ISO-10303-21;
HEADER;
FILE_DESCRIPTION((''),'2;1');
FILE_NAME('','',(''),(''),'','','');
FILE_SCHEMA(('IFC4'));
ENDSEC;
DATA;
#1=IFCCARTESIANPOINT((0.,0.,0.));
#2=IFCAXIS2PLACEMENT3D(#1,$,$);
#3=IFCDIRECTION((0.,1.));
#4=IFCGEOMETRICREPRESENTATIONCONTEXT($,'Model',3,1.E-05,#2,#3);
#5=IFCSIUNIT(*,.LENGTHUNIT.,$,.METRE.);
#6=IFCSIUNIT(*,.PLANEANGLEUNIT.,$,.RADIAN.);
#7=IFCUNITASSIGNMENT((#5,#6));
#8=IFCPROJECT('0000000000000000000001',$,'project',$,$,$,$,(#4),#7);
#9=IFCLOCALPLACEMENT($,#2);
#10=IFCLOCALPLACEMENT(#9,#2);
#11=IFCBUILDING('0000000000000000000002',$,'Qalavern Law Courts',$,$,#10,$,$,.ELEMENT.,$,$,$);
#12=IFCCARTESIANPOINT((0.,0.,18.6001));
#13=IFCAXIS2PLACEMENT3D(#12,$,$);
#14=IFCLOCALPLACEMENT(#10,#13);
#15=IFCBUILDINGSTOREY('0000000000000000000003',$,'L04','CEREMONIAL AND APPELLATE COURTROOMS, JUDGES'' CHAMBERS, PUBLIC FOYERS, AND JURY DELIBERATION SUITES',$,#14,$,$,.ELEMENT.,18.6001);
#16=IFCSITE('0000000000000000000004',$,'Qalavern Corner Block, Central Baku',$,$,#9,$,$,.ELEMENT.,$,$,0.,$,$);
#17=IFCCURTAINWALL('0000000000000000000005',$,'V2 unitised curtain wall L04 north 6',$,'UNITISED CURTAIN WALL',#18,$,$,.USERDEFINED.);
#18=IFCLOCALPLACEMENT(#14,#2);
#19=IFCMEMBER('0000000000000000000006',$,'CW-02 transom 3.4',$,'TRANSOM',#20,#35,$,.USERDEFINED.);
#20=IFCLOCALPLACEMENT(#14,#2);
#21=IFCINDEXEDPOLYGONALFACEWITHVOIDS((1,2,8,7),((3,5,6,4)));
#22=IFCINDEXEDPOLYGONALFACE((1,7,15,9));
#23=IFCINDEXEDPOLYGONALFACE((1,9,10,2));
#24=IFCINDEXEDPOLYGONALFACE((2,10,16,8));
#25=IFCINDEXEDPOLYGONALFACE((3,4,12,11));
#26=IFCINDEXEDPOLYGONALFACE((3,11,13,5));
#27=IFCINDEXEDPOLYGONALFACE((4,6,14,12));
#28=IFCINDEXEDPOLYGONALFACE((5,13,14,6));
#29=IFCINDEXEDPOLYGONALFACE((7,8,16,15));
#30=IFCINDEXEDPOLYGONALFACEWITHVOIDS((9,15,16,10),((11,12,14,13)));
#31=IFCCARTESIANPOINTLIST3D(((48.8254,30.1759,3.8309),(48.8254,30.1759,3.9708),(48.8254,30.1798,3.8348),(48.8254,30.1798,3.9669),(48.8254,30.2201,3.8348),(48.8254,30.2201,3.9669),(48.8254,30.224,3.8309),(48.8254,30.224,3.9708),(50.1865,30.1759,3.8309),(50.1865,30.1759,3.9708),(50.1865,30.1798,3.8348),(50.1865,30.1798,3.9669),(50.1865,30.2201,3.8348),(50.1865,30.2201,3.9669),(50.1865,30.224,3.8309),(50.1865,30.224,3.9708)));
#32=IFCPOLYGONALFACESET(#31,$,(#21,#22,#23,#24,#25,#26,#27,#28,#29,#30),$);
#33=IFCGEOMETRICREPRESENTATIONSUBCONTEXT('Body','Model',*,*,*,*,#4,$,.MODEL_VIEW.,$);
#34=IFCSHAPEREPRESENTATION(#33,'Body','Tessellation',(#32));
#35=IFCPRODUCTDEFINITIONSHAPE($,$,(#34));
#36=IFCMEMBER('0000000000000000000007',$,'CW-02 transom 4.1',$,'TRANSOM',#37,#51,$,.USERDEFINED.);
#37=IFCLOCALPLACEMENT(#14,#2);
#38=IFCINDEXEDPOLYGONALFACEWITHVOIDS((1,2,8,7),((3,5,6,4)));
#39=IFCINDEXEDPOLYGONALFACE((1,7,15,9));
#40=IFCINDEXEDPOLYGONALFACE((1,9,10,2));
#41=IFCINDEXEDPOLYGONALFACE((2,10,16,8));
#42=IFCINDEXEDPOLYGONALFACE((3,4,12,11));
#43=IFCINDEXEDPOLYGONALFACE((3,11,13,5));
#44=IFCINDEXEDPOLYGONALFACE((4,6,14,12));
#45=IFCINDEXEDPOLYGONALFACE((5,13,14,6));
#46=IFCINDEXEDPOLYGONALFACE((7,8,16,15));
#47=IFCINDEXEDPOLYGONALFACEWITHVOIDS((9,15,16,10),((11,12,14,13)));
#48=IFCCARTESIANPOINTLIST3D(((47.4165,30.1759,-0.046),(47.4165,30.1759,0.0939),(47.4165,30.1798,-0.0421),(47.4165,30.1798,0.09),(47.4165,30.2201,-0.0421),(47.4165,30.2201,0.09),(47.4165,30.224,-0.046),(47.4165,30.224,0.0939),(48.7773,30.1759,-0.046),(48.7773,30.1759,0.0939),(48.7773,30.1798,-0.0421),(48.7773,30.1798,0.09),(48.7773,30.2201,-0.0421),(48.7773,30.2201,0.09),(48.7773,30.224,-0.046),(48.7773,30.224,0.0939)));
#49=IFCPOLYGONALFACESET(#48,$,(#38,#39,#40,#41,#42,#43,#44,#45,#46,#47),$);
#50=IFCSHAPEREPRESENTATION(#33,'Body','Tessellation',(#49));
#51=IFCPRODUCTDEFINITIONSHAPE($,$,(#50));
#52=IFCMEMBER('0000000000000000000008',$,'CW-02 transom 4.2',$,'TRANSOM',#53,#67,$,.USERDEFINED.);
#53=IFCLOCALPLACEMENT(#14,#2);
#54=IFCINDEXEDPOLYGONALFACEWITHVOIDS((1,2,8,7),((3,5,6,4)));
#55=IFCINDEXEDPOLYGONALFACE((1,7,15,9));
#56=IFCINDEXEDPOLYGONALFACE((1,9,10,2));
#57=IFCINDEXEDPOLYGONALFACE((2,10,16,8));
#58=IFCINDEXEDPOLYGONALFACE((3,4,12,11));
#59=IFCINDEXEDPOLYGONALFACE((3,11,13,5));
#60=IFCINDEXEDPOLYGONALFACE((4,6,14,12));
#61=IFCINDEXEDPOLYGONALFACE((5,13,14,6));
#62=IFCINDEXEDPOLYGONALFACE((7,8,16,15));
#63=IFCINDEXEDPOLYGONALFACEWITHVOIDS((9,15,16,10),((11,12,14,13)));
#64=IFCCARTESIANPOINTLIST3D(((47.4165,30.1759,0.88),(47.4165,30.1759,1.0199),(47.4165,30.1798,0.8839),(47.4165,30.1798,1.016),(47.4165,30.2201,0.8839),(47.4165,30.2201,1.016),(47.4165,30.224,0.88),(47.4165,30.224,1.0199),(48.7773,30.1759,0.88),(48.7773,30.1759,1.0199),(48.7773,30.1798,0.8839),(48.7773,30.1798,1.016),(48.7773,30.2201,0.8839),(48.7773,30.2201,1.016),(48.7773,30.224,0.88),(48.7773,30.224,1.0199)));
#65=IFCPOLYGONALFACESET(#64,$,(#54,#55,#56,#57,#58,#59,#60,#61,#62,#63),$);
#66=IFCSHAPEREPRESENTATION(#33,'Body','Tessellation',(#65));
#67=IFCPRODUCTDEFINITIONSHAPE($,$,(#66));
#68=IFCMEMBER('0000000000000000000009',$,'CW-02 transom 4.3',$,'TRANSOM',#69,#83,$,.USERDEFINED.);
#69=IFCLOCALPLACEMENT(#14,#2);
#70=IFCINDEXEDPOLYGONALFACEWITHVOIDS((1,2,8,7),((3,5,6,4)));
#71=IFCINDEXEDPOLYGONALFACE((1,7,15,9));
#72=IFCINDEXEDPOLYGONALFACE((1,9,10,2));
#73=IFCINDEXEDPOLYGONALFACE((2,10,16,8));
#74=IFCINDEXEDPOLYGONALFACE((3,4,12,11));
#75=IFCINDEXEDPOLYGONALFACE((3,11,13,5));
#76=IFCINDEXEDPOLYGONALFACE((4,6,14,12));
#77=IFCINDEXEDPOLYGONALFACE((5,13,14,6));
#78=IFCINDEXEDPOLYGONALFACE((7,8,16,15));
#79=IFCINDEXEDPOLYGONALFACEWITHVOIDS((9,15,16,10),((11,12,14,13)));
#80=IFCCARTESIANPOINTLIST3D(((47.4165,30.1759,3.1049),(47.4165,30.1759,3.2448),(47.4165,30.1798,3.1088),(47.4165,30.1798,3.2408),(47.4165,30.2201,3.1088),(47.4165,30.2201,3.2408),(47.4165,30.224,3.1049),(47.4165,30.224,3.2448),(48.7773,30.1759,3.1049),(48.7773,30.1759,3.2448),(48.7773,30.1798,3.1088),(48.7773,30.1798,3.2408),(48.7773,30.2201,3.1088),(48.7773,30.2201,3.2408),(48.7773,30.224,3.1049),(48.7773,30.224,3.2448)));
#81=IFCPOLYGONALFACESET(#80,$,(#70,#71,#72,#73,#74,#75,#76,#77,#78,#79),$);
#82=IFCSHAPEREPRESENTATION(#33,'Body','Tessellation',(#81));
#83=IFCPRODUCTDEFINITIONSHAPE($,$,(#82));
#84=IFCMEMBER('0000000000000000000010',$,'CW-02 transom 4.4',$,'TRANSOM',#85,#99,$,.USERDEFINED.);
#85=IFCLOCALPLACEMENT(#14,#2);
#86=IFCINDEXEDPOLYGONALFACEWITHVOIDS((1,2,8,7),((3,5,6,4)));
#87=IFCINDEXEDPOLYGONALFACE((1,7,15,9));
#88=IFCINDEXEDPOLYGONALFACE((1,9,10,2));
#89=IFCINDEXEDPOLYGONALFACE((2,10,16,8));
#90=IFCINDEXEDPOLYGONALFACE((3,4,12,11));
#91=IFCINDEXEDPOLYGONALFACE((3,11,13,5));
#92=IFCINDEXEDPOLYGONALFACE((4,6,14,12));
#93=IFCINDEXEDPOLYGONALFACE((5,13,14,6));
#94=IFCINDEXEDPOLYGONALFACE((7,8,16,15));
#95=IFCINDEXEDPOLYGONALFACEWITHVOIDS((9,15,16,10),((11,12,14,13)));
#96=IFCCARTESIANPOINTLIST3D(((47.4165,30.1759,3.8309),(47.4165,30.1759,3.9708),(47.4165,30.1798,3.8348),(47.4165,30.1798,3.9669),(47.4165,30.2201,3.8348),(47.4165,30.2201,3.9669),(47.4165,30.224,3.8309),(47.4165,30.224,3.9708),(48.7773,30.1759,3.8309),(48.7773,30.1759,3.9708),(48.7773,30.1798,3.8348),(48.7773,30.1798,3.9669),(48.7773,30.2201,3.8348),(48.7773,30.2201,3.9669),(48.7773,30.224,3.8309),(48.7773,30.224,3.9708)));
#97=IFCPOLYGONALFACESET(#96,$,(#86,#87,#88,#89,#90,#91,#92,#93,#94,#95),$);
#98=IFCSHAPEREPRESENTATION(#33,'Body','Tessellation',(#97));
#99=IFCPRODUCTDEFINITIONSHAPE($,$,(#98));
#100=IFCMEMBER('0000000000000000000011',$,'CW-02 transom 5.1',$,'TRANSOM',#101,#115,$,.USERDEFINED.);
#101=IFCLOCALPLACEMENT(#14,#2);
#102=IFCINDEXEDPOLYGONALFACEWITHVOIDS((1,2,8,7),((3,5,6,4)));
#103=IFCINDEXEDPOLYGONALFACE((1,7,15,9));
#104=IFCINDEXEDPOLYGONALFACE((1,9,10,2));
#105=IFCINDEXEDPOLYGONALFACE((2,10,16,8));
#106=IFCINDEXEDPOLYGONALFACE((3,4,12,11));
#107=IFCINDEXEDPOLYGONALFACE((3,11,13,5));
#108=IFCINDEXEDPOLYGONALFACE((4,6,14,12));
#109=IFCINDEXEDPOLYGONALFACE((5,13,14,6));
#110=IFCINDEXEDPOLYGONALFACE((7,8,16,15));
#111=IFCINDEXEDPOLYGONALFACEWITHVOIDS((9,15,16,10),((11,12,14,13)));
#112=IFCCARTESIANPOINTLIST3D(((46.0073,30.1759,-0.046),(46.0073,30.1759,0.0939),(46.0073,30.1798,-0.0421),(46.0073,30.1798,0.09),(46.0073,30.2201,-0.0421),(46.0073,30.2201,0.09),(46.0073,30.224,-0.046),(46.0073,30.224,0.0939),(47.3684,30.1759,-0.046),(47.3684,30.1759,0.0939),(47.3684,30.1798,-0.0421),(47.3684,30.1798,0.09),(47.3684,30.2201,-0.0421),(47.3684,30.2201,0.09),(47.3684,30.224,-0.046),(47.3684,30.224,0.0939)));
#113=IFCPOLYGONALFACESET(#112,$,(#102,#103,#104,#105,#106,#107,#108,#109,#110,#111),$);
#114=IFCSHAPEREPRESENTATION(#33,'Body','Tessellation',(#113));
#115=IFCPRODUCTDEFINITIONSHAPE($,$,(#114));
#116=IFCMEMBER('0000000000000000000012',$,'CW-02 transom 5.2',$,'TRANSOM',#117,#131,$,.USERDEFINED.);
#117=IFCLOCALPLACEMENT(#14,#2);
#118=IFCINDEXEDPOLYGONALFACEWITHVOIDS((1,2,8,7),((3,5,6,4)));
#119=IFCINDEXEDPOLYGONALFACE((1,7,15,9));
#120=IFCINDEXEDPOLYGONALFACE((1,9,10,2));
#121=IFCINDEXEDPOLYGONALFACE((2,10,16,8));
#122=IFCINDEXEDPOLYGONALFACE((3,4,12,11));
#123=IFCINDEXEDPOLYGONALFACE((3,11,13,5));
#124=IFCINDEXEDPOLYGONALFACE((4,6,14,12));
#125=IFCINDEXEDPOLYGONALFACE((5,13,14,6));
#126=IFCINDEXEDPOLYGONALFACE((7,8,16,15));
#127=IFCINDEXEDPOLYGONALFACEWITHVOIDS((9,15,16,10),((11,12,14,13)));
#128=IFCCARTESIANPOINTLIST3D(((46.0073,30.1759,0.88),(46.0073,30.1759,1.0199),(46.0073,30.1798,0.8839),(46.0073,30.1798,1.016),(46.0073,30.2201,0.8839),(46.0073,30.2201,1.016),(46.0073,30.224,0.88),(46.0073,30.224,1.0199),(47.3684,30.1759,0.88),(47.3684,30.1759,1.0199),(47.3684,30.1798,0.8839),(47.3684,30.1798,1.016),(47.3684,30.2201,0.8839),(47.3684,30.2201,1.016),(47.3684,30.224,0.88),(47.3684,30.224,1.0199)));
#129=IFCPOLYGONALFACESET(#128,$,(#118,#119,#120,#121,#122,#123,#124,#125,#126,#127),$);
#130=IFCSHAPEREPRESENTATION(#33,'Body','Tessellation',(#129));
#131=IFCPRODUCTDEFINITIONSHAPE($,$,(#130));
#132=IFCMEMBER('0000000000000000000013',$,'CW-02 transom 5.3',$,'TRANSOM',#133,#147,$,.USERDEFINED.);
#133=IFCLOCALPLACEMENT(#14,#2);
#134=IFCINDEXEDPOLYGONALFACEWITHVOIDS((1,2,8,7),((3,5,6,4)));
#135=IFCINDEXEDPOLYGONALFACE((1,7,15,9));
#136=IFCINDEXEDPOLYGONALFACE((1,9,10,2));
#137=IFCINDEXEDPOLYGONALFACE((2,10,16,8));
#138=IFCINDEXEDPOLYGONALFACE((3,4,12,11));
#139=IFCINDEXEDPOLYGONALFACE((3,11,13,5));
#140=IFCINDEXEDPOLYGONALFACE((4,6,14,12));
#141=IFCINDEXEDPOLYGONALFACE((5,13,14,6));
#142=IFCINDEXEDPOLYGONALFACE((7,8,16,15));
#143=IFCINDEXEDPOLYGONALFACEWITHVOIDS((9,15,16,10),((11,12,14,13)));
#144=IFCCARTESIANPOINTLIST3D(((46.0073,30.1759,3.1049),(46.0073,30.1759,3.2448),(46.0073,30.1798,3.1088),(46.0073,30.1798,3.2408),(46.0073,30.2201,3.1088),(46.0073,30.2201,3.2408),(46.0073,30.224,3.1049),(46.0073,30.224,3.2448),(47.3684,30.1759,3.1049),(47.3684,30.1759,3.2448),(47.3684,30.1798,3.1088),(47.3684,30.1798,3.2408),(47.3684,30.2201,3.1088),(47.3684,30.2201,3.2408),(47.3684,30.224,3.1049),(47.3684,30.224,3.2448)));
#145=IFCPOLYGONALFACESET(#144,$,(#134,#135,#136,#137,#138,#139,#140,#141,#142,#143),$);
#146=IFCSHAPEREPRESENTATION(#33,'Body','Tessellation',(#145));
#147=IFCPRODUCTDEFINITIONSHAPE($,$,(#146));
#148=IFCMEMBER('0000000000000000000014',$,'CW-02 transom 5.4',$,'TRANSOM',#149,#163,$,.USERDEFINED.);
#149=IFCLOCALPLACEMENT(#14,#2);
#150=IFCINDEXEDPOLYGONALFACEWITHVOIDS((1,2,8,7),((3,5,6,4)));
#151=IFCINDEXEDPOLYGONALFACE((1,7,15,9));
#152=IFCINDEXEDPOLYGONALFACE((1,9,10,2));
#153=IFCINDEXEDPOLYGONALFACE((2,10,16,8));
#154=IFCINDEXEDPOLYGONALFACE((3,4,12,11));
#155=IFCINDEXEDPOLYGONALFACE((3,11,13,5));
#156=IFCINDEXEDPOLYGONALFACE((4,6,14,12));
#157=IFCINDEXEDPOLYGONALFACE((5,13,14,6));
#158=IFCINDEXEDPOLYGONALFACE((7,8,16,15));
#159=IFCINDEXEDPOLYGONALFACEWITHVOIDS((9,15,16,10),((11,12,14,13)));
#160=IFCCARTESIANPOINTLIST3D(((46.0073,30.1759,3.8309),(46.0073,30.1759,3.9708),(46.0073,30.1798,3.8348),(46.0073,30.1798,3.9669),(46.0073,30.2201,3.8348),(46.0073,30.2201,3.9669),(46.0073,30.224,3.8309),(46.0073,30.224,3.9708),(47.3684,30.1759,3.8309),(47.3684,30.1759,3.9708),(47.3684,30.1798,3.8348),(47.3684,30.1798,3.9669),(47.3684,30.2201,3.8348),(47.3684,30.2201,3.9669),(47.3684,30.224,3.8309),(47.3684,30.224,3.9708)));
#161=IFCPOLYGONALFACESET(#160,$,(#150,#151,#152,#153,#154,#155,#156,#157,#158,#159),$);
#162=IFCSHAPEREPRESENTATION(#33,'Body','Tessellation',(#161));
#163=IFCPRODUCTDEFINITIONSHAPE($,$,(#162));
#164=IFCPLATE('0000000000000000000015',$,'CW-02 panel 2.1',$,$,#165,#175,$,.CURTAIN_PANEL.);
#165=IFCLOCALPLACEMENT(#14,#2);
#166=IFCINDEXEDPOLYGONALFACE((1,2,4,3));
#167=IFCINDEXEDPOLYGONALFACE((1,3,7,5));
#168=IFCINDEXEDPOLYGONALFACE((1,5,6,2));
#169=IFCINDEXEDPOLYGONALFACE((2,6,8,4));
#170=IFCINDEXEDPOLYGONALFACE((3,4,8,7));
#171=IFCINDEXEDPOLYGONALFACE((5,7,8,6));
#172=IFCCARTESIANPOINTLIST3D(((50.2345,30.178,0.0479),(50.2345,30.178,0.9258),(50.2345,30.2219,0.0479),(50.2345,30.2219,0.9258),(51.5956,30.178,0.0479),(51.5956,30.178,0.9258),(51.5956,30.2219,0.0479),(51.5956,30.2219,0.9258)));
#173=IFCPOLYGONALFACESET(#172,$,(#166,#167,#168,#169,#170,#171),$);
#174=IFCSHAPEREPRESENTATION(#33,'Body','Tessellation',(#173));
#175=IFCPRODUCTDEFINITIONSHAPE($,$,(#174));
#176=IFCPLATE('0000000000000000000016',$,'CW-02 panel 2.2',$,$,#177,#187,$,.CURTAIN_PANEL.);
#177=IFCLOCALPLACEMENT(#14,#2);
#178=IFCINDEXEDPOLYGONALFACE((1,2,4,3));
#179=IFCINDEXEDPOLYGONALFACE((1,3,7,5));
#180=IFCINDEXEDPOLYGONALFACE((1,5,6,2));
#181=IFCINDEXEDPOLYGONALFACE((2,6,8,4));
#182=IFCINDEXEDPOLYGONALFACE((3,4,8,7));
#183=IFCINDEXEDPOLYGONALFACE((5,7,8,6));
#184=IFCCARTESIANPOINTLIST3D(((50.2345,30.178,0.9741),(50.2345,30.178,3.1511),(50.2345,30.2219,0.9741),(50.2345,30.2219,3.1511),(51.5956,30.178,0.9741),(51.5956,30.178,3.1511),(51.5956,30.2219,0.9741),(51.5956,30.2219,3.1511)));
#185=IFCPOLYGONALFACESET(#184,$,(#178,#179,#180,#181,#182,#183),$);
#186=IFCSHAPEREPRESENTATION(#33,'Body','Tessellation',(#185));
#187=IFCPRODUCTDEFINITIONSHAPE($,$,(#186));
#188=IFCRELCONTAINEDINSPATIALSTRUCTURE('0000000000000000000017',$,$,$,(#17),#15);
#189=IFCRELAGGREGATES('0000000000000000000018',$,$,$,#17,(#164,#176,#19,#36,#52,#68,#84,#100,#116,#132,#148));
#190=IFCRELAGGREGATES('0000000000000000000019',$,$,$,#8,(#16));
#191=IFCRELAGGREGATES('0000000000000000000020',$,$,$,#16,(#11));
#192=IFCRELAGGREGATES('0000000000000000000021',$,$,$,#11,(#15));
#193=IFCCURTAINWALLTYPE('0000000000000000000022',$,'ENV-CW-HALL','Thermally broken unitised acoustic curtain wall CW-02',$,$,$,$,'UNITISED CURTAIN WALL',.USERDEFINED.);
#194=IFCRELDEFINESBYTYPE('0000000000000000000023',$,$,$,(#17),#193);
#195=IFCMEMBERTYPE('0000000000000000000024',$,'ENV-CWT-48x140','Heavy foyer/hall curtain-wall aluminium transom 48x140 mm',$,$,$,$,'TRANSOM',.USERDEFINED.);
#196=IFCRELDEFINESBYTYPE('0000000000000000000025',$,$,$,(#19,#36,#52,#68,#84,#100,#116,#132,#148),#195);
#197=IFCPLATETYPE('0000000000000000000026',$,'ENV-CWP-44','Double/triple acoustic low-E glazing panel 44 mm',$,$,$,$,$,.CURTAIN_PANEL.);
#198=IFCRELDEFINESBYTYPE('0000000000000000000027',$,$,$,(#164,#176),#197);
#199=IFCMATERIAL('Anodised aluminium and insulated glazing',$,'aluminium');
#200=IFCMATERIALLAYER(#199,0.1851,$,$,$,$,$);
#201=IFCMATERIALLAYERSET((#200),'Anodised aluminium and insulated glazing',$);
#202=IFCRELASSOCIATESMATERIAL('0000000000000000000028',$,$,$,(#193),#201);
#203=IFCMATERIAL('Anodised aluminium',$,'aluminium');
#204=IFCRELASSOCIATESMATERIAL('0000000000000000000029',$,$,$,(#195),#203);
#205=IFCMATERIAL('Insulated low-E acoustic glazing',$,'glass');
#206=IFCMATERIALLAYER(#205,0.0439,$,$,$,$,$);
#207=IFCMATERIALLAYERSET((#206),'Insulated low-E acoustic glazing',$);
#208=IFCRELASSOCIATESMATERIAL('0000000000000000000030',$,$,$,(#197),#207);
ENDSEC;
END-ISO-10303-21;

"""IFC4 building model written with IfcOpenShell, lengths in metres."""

from ifc_helpers import new_model, si_unit, direction, frame, origin, origin_2d, place, context, subcontext, project, spatial, rectangle, hollow_rectangle, extrude, material, layer, layer_set, material_profile, profile_set, type_object, element, aggregate, save


model = new_model("IFC4")

# Units and contexts
model_context = context("Model", 3, precision=1e-05, world=origin(), true_north=direction((0.0, 1.0)))
body_context = subcontext(model_context, "Body", "Model", "MODEL_VIEW")
ifc_project = project(units=[si_unit("LENGTHUNIT", "METRE"), si_unit("PLANEANGLEUNIT", "RADIAN")], contexts=[model_context])

# Site, building, storey
site_placement = place(None, origin())
site = spatial("IfcSite", under=ifc_project, at=site_placement, Name="Qalavern Corner Block, Central Baku", CompositionType="ELEMENT", RefElevation=0.0)
building_placement = place(site_placement, origin())
building = spatial("IfcBuilding", under=site, at=building_placement, Name="Qalavern Law Courts", CompositionType="ELEMENT")
storey_placement = place(building_placement, frame((0.0, 0.0, 18.6001)))
storey = spatial("IfcBuildingStorey", under=building, at=storey_placement, Name="L04", Description="CEREMONIAL AND APPELLATE COURTROOMS, JUDGES' CHAMBERS, PUBLIC FOYERS, AND JURY DELIBERATION SUITES", CompositionType="ELEMENT", Elevation=18.6001)

# Curtain wall, members, plates
ifc_material_1 = material(Name="Anodised aluminium and insulated glazing", Category="aluminium")
ifc_layer_1 = layer(ifc_material_1, 0.1851)
ifc_layer_set_1 = layer_set([ifc_layer_1], Name="Anodised aluminium and insulated glazing")
curtain_wall_type = type_object("IfcCurtainWallType", Name="ENV-CW-HALL", Description="Thermally broken unitised acoustic curtain wall CW-02", ElementType="UNITISED CURTAIN WALL", PredefinedType="USERDEFINED", material=ifc_layer_set_1)
curtain_wall_placement = place(storey_placement, origin())
curtain_wall = element("IfcCurtainWall", 1, at=curtain_wall_placement, inside=storey, type_object=curtain_wall_type, Name="V2 unitised curtain wall L04 north 6", ObjectType="UNITISED CURTAIN WALL", PredefinedType="USERDEFINED")
ifc_material_2 = material(Name="Anodised aluminium", Category="aluminium")
ifc_material_profile_1 = material_profile(ifc_material_2, hollow_rectangle(XDim=0.0481, YDim=0.1399, WallThickness=0.0039, at=origin_2d()), Name="ALU TRANSOM 48x140")
ifc_profile_set_1 = profile_set([ifc_material_profile_1], Name="Anodised aluminium")
member_type_1 = type_object("IfcMemberType", Name="ENV-CWT-48x140", Description="Heavy foyer/hall curtain-wall aluminium transom 48x140 mm", ElementType="TRANSOM", PredefinedType="USERDEFINED", material=ifc_profile_set_1)
member_1_placement = place(storey_placement, frame((50.1865, 30.2, 3.9009), z_axis=(-1.0, 0.0, 0.0), x_axis=(0.0, -1.0, 0.0)))
member_1 = element("IfcMember", 2, at=member_1_placement, type_object=member_type_1, Name="CW-02 transom 3.4", ObjectType="TRANSOM", PredefinedType="USERDEFINED", context=body_context, shape_type="SweptSolid", body=[
    extrude(hollow_rectangle(XDim=0.0481, YDim=0.1399, WallThickness=0.0039, at=origin_2d()), origin(), (0.0, 0.0, 1.0), 1.3611),
])
member_2_placement = place(storey_placement, frame((48.7773, 30.2, 0.0239), z_axis=(-1.0, 0.0, 0.0), x_axis=(0.0, -1.0, 0.0)))
member_2 = element("IfcMember", 3, at=member_2_placement, type_object=member_type_1, Name="CW-02 transom 4.1", ObjectType="TRANSOM", PredefinedType="USERDEFINED", context=body_context, shape_type="SweptSolid", body=[
    extrude(hollow_rectangle(XDim=0.0481, YDim=0.1399, WallThickness=0.0039, at=origin_2d()), origin(), (0.0, 0.0, 1.0), 1.3608),
])
member_3_placement = place(storey_placement, frame((48.7773, 30.2, 0.95), z_axis=(-1.0, 0.0, 0.0), x_axis=(0.0, -1.0, 0.0)))
member_3 = element("IfcMember", 4, at=member_3_placement, type_object=member_type_1, Name="CW-02 transom 4.2", ObjectType="TRANSOM", PredefinedType="USERDEFINED", context=body_context, shape_type="SweptSolid", body=[
    extrude(hollow_rectangle(XDim=0.0481, YDim=0.1399, WallThickness=0.0039, at=origin_2d()), origin(), (0.0, 0.0, 1.0), 1.3608),
])
member_4_placement = place(storey_placement, frame((48.7773, 30.2, 3.1748), z_axis=(-1.0, 0.0, 0.0), x_axis=(0.0, -1.0, 0.0)))
member_4 = element("IfcMember", 5, at=member_4_placement, type_object=member_type_1, Name="CW-02 transom 4.3", ObjectType="TRANSOM", PredefinedType="USERDEFINED", context=body_context, shape_type="SweptSolid", body=[
    extrude(hollow_rectangle(XDim=0.0481, YDim=0.1399, WallThickness=0.0039, at=origin_2d()), origin(), (0.0, 0.0, 1.0), 1.3608),
])
member_5_placement = place(storey_placement, frame((48.7773, 30.2, 3.9009), z_axis=(-1.0, 0.0, 0.0), x_axis=(0.0, -1.0, 0.0)))
member_5 = element("IfcMember", 6, at=member_5_placement, type_object=member_type_1, Name="CW-02 transom 4.4", ObjectType="TRANSOM", PredefinedType="USERDEFINED", context=body_context, shape_type="SweptSolid", body=[
    extrude(hollow_rectangle(XDim=0.0481, YDim=0.1399, WallThickness=0.0039, at=origin_2d()), origin(), (0.0, 0.0, 1.0), 1.3608),
])
member_6_placement = place(storey_placement, frame((47.3684, 30.2, 0.0239), z_axis=(-1.0, 0.0, 0.0), x_axis=(0.0, -1.0, 0.0)))
member_6 = element("IfcMember", 7, at=member_6_placement, type_object=member_type_1, Name="CW-02 transom 5.1", ObjectType="TRANSOM", PredefinedType="USERDEFINED", context=body_context, shape_type="SweptSolid", body=[
    extrude(hollow_rectangle(XDim=0.0481, YDim=0.1399, WallThickness=0.0039, at=origin_2d()), origin(), (0.0, 0.0, 1.0), 1.3611),
])
member_7_placement = place(storey_placement, frame((47.3684, 30.2, 0.95), z_axis=(-1.0, 0.0, 0.0), x_axis=(0.0, -1.0, 0.0)))
member_7 = element("IfcMember", 8, at=member_7_placement, type_object=member_type_1, Name="CW-02 transom 5.2", ObjectType="TRANSOM", PredefinedType="USERDEFINED", context=body_context, shape_type="SweptSolid", body=[
    extrude(hollow_rectangle(XDim=0.0481, YDim=0.1399, WallThickness=0.0039, at=origin_2d()), origin(), (0.0, 0.0, 1.0), 1.3611),
])
member_8_placement = place(storey_placement, frame((47.3684, 30.2, 3.1748), z_axis=(-1.0, 0.0, 0.0), x_axis=(0.0, -1.0, 0.0)))
member_8 = element("IfcMember", 9, at=member_8_placement, type_object=member_type_1, Name="CW-02 transom 5.3", ObjectType="TRANSOM", PredefinedType="USERDEFINED", context=body_context, shape_type="SweptSolid", body=[
    extrude(hollow_rectangle(XDim=0.0481, YDim=0.1399, WallThickness=0.0039, at=origin_2d()), origin(), (0.0, 0.0, 1.0), 1.3611),
])
member_9_placement = place(storey_placement, frame((47.3684, 30.2, 3.9009), z_axis=(-1.0, 0.0, 0.0), x_axis=(0.0, -1.0, 0.0)))
member_9 = element("IfcMember", 10, at=member_9_placement, type_object=member_type_1, Name="CW-02 transom 5.4", ObjectType="TRANSOM", PredefinedType="USERDEFINED", context=body_context, shape_type="SweptSolid", body=[
    extrude(hollow_rectangle(XDim=0.0481, YDim=0.1399, WallThickness=0.0039, at=origin_2d()), origin(), (0.0, 0.0, 1.0), 1.3611),
])
ifc_material_3 = material(Name="Insulated low-E acoustic glazing", Category="glass")
ifc_layer_2 = layer(ifc_material_3, 0.0439)
ifc_layer_set_2 = layer_set([ifc_layer_2], Name="Insulated low-E acoustic glazing")
plate_type = type_object("IfcPlateType", Name="ENV-CWP-44", Description="Double/triple acoustic low-E glazing panel 44 mm", PredefinedType="CURTAIN_PANEL", material=ifc_layer_set_2)
plate_1_placement = place(storey_placement, frame((50.915, 30.2, 0.0479), z_axis=(0.0, 0.0, 1.0), x_axis=(-1.0, 0.0, 0.0)))
plate_1 = element("IfcPlate", 11, at=plate_1_placement, type_object=plate_type, Name="CW-02 panel 2.1", PredefinedType="CURTAIN_PANEL", context=body_context, shape_type="SweptSolid", body=[
    extrude(rectangle(XDim=1.3611, YDim=0.0439, at=origin_2d()), origin(), (0.0, 0.0, 1.0), 0.8779),
])
plate_2_placement = place(storey_placement, frame((50.915, 30.2, 0.9741), z_axis=(0.0, 0.0, 1.0), x_axis=(-1.0, 0.0, 0.0)))
plate_2 = element("IfcPlate", 12, at=plate_2_placement, type_object=plate_type, Name="CW-02 panel 2.2", PredefinedType="CURTAIN_PANEL", context=body_context, shape_type="SweptSolid", body=[
    extrude(rectangle(XDim=1.3611, YDim=0.0439, at=origin_2d()), origin(), (0.0, 0.0, 1.0), 2.177),
])
aggregate(curtain_wall, [plate_1, plate_2, member_1, member_2, member_3, member_4, member_5, member_6, member_7, member_8, member_9])

save(model, "model.ifc")
